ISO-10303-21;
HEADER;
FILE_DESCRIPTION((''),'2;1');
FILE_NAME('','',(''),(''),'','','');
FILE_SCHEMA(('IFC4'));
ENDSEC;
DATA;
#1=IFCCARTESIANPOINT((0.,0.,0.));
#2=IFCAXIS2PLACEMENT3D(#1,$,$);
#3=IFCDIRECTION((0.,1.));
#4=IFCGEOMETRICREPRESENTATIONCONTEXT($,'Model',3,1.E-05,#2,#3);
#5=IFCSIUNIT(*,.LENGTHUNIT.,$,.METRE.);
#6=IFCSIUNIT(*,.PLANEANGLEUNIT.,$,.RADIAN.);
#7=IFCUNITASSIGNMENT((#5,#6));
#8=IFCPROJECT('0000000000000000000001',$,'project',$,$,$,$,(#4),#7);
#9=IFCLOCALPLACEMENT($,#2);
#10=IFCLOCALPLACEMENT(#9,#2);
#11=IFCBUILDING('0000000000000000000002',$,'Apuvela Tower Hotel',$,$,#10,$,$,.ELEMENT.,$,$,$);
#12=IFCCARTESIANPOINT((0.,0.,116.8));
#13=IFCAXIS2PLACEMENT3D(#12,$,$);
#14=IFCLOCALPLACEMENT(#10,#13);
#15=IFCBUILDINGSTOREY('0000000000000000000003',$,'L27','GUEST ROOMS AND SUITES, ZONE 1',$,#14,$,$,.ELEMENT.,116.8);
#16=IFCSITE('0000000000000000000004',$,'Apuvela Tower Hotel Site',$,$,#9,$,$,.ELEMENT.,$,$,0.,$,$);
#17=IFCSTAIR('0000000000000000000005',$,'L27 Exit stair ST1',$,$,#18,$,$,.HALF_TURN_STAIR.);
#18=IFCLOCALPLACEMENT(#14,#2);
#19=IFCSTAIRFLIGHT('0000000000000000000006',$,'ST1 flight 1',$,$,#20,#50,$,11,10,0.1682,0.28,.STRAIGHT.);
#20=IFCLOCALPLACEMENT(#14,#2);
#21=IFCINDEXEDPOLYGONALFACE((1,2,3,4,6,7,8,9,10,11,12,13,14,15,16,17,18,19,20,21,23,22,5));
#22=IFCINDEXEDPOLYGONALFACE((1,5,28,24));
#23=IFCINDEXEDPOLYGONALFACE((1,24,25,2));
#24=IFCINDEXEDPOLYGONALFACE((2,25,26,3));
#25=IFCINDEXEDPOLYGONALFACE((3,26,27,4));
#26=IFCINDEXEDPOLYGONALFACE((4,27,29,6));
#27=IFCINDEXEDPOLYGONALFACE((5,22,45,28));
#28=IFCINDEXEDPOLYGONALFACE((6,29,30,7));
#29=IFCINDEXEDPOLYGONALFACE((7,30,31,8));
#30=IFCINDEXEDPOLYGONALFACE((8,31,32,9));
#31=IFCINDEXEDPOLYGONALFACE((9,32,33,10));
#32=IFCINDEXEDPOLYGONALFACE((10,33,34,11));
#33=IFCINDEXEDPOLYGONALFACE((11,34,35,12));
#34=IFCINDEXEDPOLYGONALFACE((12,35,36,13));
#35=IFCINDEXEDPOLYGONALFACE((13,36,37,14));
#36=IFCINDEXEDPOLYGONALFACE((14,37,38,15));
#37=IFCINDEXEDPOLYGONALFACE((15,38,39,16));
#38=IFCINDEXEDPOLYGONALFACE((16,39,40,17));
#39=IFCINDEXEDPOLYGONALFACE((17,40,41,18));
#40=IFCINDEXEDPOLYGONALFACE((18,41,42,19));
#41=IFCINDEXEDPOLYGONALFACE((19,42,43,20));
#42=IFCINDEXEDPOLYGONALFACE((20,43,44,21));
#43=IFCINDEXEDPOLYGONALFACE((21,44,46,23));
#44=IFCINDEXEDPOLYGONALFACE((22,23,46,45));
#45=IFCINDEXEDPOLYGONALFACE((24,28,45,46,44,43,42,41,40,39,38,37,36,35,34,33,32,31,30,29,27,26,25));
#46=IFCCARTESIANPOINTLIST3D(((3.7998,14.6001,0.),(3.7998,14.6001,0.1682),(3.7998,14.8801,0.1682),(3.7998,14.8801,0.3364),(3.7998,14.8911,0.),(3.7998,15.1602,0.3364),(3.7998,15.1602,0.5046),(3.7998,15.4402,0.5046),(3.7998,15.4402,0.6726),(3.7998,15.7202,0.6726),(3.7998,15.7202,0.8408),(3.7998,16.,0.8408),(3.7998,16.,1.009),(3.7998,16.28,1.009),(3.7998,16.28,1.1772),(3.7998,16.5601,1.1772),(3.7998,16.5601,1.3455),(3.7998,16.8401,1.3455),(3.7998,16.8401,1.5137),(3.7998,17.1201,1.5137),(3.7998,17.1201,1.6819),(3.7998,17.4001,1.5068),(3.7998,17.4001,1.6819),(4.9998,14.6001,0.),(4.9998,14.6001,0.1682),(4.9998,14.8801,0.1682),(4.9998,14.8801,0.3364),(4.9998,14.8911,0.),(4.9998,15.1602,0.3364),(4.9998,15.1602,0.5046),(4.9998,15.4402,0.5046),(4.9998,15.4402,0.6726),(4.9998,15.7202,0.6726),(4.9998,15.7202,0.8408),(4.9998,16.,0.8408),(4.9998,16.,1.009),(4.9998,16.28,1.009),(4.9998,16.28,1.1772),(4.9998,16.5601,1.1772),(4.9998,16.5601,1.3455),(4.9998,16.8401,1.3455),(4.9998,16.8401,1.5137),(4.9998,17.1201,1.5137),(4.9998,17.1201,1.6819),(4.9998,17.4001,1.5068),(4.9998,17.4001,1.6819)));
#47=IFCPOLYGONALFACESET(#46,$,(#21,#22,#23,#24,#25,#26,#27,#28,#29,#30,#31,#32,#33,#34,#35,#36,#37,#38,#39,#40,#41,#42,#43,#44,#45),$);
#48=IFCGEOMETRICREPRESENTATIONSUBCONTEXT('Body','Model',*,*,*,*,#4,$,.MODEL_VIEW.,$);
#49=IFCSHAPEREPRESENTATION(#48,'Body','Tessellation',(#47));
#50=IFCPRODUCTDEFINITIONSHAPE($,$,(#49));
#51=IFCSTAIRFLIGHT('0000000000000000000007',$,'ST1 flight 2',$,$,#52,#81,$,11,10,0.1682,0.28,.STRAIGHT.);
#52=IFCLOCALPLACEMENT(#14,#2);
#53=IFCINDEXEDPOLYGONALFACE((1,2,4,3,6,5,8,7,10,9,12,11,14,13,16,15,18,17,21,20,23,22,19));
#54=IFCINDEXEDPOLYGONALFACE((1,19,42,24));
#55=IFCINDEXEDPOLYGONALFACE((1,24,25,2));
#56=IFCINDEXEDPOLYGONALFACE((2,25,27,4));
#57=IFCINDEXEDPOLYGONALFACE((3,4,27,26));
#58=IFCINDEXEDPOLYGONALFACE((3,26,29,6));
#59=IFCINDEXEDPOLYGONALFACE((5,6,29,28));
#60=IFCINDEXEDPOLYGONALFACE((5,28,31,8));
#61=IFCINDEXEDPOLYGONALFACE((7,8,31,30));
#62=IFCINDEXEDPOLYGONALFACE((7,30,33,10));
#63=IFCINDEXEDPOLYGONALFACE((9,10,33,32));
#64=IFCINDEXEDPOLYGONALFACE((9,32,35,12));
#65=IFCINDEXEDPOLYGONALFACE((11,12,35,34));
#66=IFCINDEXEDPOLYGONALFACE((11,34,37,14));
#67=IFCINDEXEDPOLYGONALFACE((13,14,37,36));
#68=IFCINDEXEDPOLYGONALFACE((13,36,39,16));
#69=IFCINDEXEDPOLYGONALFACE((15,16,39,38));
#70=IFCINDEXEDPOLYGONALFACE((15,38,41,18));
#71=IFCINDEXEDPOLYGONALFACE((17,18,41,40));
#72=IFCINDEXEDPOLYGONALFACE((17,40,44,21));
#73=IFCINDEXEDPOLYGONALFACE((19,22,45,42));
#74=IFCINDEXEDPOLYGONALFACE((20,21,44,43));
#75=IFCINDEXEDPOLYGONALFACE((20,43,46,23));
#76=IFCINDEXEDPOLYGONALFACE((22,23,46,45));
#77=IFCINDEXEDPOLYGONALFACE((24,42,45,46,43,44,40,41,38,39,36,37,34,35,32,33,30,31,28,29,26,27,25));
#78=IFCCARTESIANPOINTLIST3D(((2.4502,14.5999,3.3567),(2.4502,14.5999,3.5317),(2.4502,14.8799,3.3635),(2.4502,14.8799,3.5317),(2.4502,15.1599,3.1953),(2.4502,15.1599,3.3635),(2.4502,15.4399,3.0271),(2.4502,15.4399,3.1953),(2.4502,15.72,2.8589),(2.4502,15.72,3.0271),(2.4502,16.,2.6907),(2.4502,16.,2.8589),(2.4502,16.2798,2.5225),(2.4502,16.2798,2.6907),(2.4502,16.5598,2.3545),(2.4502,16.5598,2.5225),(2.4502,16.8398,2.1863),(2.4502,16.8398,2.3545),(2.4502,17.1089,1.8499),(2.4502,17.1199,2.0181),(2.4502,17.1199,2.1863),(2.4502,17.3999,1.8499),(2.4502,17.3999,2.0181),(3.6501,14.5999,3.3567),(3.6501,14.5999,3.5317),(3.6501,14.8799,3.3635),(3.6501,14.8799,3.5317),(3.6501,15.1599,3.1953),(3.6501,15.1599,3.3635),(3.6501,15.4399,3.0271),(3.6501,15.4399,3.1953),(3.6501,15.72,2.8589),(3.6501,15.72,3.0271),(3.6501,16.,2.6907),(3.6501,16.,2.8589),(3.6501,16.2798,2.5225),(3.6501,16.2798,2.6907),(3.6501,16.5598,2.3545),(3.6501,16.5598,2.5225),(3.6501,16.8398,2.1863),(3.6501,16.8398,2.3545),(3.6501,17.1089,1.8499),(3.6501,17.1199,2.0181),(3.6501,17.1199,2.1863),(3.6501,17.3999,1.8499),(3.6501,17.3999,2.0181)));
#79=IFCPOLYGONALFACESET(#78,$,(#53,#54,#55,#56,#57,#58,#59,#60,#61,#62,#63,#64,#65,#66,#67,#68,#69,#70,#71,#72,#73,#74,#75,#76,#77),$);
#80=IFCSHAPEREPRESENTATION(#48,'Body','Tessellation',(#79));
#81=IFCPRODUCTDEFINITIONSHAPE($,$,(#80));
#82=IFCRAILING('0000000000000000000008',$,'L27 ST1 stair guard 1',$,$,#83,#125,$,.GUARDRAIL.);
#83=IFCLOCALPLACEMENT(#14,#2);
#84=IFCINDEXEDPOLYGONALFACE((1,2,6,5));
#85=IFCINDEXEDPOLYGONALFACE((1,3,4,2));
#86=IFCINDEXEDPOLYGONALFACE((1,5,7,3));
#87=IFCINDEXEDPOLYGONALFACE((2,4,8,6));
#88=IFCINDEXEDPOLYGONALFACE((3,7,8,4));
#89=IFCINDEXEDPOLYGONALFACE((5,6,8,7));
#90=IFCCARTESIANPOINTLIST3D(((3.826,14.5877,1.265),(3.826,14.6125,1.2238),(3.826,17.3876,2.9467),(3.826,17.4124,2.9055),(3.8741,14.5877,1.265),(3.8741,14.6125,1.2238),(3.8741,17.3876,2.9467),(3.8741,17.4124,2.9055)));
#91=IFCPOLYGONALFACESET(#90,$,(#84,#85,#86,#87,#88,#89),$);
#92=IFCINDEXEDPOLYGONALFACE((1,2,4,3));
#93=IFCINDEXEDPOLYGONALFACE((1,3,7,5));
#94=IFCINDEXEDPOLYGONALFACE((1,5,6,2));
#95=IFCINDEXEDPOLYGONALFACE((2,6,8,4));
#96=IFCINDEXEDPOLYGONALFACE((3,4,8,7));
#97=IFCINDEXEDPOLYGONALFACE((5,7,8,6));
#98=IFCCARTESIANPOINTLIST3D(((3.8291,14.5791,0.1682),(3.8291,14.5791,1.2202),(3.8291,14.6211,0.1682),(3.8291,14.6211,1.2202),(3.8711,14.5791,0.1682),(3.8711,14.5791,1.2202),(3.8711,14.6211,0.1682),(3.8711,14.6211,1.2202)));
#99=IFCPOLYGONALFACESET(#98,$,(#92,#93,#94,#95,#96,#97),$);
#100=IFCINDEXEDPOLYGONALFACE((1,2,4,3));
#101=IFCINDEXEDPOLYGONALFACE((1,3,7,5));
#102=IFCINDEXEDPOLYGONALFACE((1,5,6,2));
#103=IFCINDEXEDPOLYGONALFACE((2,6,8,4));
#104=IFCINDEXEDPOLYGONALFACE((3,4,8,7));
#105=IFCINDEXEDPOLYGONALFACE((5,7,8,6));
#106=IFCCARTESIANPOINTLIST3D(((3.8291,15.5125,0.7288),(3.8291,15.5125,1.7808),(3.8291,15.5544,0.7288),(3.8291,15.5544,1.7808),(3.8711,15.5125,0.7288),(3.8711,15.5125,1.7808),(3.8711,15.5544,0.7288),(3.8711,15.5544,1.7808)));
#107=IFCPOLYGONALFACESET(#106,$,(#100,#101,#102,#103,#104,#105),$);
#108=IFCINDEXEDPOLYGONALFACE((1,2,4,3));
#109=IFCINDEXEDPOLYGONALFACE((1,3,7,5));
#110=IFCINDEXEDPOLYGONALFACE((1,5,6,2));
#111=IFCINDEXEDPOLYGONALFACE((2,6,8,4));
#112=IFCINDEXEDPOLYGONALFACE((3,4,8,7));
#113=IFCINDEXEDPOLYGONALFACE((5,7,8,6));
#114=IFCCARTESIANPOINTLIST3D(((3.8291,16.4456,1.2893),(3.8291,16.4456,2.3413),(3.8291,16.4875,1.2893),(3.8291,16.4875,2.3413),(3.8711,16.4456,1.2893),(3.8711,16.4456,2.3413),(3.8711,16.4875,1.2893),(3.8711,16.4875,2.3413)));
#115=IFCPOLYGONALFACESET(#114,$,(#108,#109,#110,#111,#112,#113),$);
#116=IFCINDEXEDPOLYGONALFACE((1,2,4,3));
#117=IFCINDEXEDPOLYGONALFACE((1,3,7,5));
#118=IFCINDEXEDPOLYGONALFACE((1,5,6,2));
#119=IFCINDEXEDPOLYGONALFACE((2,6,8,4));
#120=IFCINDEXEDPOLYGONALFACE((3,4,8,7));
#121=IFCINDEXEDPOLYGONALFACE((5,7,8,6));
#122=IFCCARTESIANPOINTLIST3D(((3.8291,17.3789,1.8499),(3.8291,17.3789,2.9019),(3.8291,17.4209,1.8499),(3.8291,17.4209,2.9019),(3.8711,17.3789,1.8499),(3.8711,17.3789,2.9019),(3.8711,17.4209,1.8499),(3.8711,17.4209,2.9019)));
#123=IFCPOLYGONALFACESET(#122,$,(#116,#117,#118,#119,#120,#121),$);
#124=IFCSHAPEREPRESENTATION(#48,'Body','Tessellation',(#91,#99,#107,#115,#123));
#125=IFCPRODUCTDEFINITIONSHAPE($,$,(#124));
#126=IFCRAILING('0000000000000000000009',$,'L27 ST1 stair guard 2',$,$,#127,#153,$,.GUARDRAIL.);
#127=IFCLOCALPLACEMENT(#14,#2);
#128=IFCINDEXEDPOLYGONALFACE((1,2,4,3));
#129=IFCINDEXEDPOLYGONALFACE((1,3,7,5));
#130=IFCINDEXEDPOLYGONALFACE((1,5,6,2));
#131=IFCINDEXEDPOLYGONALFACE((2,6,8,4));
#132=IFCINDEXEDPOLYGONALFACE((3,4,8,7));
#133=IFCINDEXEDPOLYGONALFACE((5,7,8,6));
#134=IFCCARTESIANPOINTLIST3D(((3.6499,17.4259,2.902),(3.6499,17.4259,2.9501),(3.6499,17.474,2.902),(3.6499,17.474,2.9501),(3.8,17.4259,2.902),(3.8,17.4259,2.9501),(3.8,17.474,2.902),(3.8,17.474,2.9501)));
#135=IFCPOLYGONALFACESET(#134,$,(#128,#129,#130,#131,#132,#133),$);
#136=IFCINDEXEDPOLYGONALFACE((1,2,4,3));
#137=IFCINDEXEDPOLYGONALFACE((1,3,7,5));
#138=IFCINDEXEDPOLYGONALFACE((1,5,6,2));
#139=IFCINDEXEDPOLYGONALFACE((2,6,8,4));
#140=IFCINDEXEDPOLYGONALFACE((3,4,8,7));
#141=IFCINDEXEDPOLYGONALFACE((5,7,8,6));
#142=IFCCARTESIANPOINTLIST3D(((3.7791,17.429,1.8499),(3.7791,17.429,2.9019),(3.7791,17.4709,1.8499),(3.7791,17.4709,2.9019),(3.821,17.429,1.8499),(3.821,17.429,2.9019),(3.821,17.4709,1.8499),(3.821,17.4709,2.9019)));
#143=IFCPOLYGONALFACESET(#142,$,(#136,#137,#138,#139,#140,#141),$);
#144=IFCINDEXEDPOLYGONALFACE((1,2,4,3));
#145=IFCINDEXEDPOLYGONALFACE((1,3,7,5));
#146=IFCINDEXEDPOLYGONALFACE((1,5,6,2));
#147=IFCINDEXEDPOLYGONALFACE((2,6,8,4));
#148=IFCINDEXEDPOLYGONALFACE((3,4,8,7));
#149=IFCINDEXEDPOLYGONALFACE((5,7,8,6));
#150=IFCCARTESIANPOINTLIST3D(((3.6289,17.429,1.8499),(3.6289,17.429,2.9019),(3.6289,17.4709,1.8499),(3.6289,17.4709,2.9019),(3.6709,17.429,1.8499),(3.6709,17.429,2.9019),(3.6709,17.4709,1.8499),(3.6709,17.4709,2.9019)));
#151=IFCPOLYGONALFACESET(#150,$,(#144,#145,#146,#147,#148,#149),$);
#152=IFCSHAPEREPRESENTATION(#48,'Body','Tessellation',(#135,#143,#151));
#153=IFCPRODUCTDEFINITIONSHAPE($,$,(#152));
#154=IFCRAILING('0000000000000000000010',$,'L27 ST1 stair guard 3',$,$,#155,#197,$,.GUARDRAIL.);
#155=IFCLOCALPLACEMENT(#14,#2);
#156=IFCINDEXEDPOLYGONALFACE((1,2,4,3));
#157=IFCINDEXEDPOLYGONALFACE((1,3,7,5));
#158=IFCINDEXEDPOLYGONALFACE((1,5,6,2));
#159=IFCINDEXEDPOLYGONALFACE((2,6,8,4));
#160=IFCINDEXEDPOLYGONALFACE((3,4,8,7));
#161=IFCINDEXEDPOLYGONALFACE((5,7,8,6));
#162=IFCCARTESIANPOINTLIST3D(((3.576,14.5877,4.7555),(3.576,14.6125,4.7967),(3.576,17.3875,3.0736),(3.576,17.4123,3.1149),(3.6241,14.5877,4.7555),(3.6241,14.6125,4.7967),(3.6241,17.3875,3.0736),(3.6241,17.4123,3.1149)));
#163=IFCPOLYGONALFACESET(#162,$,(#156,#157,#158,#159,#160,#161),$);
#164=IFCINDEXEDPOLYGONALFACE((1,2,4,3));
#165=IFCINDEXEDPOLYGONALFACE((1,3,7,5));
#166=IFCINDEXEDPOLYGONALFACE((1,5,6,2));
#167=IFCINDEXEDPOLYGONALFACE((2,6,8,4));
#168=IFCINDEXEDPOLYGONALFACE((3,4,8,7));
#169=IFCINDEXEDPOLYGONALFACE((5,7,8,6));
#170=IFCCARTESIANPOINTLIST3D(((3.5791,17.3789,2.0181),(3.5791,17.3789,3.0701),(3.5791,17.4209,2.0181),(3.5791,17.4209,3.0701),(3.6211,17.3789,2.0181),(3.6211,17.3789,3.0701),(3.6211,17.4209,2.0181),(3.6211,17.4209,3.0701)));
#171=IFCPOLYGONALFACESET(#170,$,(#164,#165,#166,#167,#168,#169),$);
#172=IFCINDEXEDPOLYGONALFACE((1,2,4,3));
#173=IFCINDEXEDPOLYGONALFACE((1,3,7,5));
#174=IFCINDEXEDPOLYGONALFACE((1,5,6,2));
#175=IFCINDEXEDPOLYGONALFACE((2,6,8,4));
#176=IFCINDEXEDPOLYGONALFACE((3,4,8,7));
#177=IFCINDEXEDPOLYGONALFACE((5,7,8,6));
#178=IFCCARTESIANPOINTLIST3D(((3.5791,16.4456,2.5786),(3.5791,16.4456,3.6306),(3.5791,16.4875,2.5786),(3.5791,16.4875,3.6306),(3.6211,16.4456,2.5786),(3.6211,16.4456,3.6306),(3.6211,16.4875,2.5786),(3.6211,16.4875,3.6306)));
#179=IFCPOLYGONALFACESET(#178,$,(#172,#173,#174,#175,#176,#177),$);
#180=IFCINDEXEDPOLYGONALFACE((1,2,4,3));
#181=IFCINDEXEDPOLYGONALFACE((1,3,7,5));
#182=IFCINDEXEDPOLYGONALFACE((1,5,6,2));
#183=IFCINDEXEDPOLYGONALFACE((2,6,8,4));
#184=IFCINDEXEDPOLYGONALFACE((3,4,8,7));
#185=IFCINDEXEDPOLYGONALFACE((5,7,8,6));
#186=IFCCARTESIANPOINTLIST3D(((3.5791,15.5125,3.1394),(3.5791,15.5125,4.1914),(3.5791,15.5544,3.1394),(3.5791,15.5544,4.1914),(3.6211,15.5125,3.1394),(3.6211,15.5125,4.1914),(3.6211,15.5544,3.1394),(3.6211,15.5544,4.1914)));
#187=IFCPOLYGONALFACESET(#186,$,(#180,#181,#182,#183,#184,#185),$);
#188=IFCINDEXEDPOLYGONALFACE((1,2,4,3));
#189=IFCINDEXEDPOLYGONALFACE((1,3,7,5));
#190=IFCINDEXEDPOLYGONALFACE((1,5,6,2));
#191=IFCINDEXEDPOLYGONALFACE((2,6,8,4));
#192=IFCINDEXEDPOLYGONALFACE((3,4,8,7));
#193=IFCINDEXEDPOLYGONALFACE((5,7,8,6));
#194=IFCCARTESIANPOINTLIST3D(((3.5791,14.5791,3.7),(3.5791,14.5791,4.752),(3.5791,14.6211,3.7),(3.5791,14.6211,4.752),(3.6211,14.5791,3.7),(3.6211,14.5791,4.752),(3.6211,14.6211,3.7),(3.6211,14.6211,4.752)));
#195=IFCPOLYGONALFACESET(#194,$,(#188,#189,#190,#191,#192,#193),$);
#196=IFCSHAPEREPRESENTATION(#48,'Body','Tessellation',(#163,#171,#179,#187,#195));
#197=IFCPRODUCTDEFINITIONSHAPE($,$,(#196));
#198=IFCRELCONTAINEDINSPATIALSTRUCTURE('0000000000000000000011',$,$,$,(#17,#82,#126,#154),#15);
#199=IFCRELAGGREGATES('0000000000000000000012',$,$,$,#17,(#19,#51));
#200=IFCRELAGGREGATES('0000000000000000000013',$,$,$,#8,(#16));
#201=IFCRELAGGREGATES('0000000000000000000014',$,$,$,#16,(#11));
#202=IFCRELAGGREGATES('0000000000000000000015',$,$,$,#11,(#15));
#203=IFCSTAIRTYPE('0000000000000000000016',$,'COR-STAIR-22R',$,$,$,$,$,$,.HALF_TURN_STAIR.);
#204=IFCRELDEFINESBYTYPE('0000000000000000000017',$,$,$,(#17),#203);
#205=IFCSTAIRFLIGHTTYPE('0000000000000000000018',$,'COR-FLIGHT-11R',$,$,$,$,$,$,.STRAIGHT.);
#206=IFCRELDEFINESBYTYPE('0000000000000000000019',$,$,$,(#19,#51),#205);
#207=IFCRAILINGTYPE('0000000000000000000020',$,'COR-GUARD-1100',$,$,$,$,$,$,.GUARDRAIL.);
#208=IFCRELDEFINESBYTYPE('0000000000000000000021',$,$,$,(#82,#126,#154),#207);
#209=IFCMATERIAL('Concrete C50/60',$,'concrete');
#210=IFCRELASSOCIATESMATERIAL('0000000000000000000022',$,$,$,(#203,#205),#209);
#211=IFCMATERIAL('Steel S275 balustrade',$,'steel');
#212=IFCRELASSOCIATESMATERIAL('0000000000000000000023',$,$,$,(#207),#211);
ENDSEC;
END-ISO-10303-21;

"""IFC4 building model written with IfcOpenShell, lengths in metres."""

from ifc_helpers import new_model, si_unit, direction, frame, origin, origin_2d, place, context, subcontext, project, spatial, polyline, rectangle, outline, extrude, material, type_object, element, aggregate, save


model = new_model("IFC4")

# Units and contexts
model_context = context("Model", 3, precision=1e-05, world=origin(), true_north=direction((0.0, 1.0)))
body_context = subcontext(model_context, "Body", "Model", "MODEL_VIEW")
ifc_project = project(units=[si_unit("LENGTHUNIT", "METRE"), si_unit("PLANEANGLEUNIT", "RADIAN")], contexts=[model_context])

# Site, building, storey
site_placement = place(None, origin())
site = spatial("IfcSite", under=ifc_project, at=site_placement, Name="Apuvela Tower Hotel Site", CompositionType="ELEMENT", RefElevation=0.0)
building_placement = place(site_placement, origin())
building = spatial("IfcBuilding", under=site, at=building_placement, Name="Apuvela Tower Hotel", CompositionType="ELEMENT")
storey_placement = place(building_placement, frame((0.0, 0.0, 116.8)))
storey = spatial("IfcBuildingStorey", under=building, at=storey_placement, Name="L27", Description="GUEST ROOMS AND SUITES, ZONE 1", CompositionType="ELEMENT", Elevation=116.8)

# Shared definitions
ifc_material_1 = material(Name="Concrete C50/60", Category="concrete")

# Stair, stair flights
stair_type = type_object("IfcStairType", Name="COR-STAIR-22R", PredefinedType="HALF_TURN_STAIR", material=ifc_material_1)
stair_placement = place(storey_placement, origin())
stair = element("IfcStair", 1, at=stair_placement, inside=storey, type_object=stair_type, Name="L27 Exit stair ST1", PredefinedType="HALF_TURN_STAIR")
stair_flight_type = type_object("IfcStairFlightType", Name="COR-FLIGHT-11R", PredefinedType="STRAIGHT", material=ifc_material_1)
stair_flight_1_placement = place(storey_placement, frame((4.3999, 14.6001, 0.0), z_axis=(0.0, 0.0, 1.0), x_axis=(0.0, 1.0, 0.0)))
stair_flight_1 = element("IfcStairFlight", 2, at=stair_flight_1_placement, type_object=stair_flight_type, Name="ST1 flight 1", NumberOfRisers=11, NumberOfTreads=10, PredefinedType="STRAIGHT", RiserHeight=0.1682, TreadLength=0.28, context=body_context, shape_type="SweptSolid", body=[
    extrude(outline(polyline([(0.0, 0.0), (0.0, 0.1682), (0.28, 0.1682), (0.28, 0.3364), (0.5601, 0.3364), (0.5601, 0.5046), (0.8401, 0.5046), (0.8401, 0.6726), (1.1201, 0.6726), (1.1201, 0.8408), (1.3999, 0.8408), (1.3999, 1.009), (1.6799, 1.009), (1.6799, 1.1772), (1.96, 1.1772), (1.96, 1.3455), (2.24, 1.3455), (2.24, 1.5137), (2.52, 1.5137), (2.52, 1.6819), (2.8, 1.6819), (2.8, 1.8501), (2.8, 1.5068), (0.291, 0.0), (0.0, 0.0)])), frame((0.0, 0.6001, 0.0), z_axis=(0.0, -1.0, 0.0), x_axis=(1.0, 0.0, 0.0)), (0.0, 0.0, 1.0), 1.2),
])
stair_flight_2_placement = place(storey_placement, frame((3.05, 17.3999, 1.8499), z_axis=(0.0, 0.0, 1.0), x_axis=(0.0, -1.0, 0.0)))
stair_flight_2 = element("IfcStairFlight", 3, at=stair_flight_2_placement, type_object=stair_flight_type, Name="ST1 flight 2", NumberOfRisers=11, NumberOfTreads=10, PredefinedType="STRAIGHT", RiserHeight=0.1682, TreadLength=0.28, context=body_context, shape_type="SweptSolid", body=[
    extrude(outline(polyline([(0.0, 0.0), (0.0, 0.1682), (0.28, 0.1682), (0.28, 0.3364), (0.5601, 0.3364), (0.5601, 0.5046), (0.8401, 0.5046), (0.8401, 0.6726), (1.1201, 0.6726), (1.1201, 0.8408), (1.3999, 0.8408), (1.3999, 1.009), (1.6799, 1.009), (1.6799, 1.1772), (1.96, 1.1772), (1.96, 1.3455), (2.24, 1.3455), (2.24, 1.5137), (2.52, 1.5137), (2.52, 1.6819), (2.8, 1.6819), (2.8, 1.8501), (2.8, 1.5068), (0.291, 0.0), (0.0, 0.0)])), frame((0.0, 0.6001, 0.0), z_axis=(0.0, -1.0, 0.0), x_axis=(1.0, 0.0, 0.0)), (0.0, 0.0, 1.0), 1.2),
])
aggregate(stair, [stair_flight_1, stair_flight_2])

# Railings
ifc_material_2 = material(Name="Steel S275 balustrade", Category="steel")
railing_type_1 = type_object("IfcRailingType", Name="COR-GUARD-1100", PredefinedType="GUARDRAIL", material=ifc_material_2)
railing_1_placement = place(storey_placement, frame((3.8501, 14.6001, 0.1682)))
element("IfcRailing", 4, at=railing_1_placement, inside=storey, type_object=railing_type_1, Name="L27 ST1 stair guard 1", PredefinedType="GUARDRAIL", context=body_context, shape_type="SweptSolid", body=[
    extrude(rectangle(XDim=0.0481, YDim=0.0481, at=origin_2d()), frame((0.0, 0.0, 1.0762), z_axis=(0.0, 0.857255, 0.514891), x_axis=(-1.0, 0.0, 0.0)), (0.0, 0.0, 1.0), 3.2661),
    extrude(rectangle(XDim=0.042, YDim=0.042, at=origin_2d()), origin(), (0.0, 0.0, 1.0), 1.052),
    extrude(rectangle(XDim=0.042, YDim=0.042, at=origin_2d()), frame((0.0, 0.9333, 0.5605)), (0.0, 0.0, 1.0), 1.052),
    extrude(rectangle(XDim=0.042, YDim=0.042, at=origin_2d()), frame((0.0, 1.8665, 1.1211)), (0.0, 0.0, 1.0), 1.052),
    extrude(rectangle(XDim=0.042, YDim=0.042, at=origin_2d()), frame((0.0, 2.7998, 1.6816)), (0.0, 0.0, 1.0), 1.052),
])
railing_2_placement = place(storey_placement, frame((3.8, 17.45, 1.8499)))
element("IfcRailing", 5, at=railing_2_placement, inside=storey, type_object=railing_type_1, Name="L27 ST1 stair guard 2", PredefinedType="GUARDRAIL", context=body_context, shape_type="SweptSolid", body=[
    extrude(rectangle(XDim=0.0481, YDim=0.0481, at=origin_2d()), frame((0.0, 0.0, 1.0762), z_axis=(-1.0, 0.0, 0.0), x_axis=(0.0, -1.0, 0.0)), (0.0, 0.0, 1.0), 0.1501),
    extrude(rectangle(XDim=0.042, YDim=0.042, at=origin_2d()), origin(), (0.0, 0.0, 1.0), 1.052),
    extrude(rectangle(XDim=0.042, YDim=0.042, at=origin_2d()), frame((-0.1501, 0.0, 0.0)), (0.0, 0.0, 1.0), 1.052),
])
railing_3_placement = place(storey_placement, frame((3.6001, 17.3999, 2.0181)))
element("IfcRailing", 6, at=railing_3_placement, inside=storey, type_object=railing_type_1, Name="L27 ST1 stair guard 3", PredefinedType="GUARDRAIL", context=body_context, shape_type="SweptSolid", body=[
    extrude(rectangle(XDim=0.0481, YDim=0.0481, at=origin_2d()), frame((0.0, 0.0, 1.0762), z_axis=(0.0, -0.857222, 0.514946), x_axis=(1.0, 0.0, 0.0)), (0.0, 0.0, 1.0), 3.2661),
    extrude(rectangle(XDim=0.042, YDim=0.042, at=origin_2d()), origin(), (0.0, 0.0, 1.0), 1.052),
    extrude(rectangle(XDim=0.042, YDim=0.042, at=origin_2d()), frame((0.0, -0.9333, 0.5605)), (0.0, 0.0, 1.0), 1.052),
    extrude(rectangle(XDim=0.042, YDim=0.042, at=origin_2d()), frame((0.0, -1.8665, 1.1213)), (0.0, 0.0, 1.0), 1.052),
    extrude(rectangle(XDim=0.042, YDim=0.042, at=origin_2d()), frame((0.0, -2.7998, 1.6819)), (0.0, 0.0, 1.0), 1.052),
])

save(model, "model.ifc")
